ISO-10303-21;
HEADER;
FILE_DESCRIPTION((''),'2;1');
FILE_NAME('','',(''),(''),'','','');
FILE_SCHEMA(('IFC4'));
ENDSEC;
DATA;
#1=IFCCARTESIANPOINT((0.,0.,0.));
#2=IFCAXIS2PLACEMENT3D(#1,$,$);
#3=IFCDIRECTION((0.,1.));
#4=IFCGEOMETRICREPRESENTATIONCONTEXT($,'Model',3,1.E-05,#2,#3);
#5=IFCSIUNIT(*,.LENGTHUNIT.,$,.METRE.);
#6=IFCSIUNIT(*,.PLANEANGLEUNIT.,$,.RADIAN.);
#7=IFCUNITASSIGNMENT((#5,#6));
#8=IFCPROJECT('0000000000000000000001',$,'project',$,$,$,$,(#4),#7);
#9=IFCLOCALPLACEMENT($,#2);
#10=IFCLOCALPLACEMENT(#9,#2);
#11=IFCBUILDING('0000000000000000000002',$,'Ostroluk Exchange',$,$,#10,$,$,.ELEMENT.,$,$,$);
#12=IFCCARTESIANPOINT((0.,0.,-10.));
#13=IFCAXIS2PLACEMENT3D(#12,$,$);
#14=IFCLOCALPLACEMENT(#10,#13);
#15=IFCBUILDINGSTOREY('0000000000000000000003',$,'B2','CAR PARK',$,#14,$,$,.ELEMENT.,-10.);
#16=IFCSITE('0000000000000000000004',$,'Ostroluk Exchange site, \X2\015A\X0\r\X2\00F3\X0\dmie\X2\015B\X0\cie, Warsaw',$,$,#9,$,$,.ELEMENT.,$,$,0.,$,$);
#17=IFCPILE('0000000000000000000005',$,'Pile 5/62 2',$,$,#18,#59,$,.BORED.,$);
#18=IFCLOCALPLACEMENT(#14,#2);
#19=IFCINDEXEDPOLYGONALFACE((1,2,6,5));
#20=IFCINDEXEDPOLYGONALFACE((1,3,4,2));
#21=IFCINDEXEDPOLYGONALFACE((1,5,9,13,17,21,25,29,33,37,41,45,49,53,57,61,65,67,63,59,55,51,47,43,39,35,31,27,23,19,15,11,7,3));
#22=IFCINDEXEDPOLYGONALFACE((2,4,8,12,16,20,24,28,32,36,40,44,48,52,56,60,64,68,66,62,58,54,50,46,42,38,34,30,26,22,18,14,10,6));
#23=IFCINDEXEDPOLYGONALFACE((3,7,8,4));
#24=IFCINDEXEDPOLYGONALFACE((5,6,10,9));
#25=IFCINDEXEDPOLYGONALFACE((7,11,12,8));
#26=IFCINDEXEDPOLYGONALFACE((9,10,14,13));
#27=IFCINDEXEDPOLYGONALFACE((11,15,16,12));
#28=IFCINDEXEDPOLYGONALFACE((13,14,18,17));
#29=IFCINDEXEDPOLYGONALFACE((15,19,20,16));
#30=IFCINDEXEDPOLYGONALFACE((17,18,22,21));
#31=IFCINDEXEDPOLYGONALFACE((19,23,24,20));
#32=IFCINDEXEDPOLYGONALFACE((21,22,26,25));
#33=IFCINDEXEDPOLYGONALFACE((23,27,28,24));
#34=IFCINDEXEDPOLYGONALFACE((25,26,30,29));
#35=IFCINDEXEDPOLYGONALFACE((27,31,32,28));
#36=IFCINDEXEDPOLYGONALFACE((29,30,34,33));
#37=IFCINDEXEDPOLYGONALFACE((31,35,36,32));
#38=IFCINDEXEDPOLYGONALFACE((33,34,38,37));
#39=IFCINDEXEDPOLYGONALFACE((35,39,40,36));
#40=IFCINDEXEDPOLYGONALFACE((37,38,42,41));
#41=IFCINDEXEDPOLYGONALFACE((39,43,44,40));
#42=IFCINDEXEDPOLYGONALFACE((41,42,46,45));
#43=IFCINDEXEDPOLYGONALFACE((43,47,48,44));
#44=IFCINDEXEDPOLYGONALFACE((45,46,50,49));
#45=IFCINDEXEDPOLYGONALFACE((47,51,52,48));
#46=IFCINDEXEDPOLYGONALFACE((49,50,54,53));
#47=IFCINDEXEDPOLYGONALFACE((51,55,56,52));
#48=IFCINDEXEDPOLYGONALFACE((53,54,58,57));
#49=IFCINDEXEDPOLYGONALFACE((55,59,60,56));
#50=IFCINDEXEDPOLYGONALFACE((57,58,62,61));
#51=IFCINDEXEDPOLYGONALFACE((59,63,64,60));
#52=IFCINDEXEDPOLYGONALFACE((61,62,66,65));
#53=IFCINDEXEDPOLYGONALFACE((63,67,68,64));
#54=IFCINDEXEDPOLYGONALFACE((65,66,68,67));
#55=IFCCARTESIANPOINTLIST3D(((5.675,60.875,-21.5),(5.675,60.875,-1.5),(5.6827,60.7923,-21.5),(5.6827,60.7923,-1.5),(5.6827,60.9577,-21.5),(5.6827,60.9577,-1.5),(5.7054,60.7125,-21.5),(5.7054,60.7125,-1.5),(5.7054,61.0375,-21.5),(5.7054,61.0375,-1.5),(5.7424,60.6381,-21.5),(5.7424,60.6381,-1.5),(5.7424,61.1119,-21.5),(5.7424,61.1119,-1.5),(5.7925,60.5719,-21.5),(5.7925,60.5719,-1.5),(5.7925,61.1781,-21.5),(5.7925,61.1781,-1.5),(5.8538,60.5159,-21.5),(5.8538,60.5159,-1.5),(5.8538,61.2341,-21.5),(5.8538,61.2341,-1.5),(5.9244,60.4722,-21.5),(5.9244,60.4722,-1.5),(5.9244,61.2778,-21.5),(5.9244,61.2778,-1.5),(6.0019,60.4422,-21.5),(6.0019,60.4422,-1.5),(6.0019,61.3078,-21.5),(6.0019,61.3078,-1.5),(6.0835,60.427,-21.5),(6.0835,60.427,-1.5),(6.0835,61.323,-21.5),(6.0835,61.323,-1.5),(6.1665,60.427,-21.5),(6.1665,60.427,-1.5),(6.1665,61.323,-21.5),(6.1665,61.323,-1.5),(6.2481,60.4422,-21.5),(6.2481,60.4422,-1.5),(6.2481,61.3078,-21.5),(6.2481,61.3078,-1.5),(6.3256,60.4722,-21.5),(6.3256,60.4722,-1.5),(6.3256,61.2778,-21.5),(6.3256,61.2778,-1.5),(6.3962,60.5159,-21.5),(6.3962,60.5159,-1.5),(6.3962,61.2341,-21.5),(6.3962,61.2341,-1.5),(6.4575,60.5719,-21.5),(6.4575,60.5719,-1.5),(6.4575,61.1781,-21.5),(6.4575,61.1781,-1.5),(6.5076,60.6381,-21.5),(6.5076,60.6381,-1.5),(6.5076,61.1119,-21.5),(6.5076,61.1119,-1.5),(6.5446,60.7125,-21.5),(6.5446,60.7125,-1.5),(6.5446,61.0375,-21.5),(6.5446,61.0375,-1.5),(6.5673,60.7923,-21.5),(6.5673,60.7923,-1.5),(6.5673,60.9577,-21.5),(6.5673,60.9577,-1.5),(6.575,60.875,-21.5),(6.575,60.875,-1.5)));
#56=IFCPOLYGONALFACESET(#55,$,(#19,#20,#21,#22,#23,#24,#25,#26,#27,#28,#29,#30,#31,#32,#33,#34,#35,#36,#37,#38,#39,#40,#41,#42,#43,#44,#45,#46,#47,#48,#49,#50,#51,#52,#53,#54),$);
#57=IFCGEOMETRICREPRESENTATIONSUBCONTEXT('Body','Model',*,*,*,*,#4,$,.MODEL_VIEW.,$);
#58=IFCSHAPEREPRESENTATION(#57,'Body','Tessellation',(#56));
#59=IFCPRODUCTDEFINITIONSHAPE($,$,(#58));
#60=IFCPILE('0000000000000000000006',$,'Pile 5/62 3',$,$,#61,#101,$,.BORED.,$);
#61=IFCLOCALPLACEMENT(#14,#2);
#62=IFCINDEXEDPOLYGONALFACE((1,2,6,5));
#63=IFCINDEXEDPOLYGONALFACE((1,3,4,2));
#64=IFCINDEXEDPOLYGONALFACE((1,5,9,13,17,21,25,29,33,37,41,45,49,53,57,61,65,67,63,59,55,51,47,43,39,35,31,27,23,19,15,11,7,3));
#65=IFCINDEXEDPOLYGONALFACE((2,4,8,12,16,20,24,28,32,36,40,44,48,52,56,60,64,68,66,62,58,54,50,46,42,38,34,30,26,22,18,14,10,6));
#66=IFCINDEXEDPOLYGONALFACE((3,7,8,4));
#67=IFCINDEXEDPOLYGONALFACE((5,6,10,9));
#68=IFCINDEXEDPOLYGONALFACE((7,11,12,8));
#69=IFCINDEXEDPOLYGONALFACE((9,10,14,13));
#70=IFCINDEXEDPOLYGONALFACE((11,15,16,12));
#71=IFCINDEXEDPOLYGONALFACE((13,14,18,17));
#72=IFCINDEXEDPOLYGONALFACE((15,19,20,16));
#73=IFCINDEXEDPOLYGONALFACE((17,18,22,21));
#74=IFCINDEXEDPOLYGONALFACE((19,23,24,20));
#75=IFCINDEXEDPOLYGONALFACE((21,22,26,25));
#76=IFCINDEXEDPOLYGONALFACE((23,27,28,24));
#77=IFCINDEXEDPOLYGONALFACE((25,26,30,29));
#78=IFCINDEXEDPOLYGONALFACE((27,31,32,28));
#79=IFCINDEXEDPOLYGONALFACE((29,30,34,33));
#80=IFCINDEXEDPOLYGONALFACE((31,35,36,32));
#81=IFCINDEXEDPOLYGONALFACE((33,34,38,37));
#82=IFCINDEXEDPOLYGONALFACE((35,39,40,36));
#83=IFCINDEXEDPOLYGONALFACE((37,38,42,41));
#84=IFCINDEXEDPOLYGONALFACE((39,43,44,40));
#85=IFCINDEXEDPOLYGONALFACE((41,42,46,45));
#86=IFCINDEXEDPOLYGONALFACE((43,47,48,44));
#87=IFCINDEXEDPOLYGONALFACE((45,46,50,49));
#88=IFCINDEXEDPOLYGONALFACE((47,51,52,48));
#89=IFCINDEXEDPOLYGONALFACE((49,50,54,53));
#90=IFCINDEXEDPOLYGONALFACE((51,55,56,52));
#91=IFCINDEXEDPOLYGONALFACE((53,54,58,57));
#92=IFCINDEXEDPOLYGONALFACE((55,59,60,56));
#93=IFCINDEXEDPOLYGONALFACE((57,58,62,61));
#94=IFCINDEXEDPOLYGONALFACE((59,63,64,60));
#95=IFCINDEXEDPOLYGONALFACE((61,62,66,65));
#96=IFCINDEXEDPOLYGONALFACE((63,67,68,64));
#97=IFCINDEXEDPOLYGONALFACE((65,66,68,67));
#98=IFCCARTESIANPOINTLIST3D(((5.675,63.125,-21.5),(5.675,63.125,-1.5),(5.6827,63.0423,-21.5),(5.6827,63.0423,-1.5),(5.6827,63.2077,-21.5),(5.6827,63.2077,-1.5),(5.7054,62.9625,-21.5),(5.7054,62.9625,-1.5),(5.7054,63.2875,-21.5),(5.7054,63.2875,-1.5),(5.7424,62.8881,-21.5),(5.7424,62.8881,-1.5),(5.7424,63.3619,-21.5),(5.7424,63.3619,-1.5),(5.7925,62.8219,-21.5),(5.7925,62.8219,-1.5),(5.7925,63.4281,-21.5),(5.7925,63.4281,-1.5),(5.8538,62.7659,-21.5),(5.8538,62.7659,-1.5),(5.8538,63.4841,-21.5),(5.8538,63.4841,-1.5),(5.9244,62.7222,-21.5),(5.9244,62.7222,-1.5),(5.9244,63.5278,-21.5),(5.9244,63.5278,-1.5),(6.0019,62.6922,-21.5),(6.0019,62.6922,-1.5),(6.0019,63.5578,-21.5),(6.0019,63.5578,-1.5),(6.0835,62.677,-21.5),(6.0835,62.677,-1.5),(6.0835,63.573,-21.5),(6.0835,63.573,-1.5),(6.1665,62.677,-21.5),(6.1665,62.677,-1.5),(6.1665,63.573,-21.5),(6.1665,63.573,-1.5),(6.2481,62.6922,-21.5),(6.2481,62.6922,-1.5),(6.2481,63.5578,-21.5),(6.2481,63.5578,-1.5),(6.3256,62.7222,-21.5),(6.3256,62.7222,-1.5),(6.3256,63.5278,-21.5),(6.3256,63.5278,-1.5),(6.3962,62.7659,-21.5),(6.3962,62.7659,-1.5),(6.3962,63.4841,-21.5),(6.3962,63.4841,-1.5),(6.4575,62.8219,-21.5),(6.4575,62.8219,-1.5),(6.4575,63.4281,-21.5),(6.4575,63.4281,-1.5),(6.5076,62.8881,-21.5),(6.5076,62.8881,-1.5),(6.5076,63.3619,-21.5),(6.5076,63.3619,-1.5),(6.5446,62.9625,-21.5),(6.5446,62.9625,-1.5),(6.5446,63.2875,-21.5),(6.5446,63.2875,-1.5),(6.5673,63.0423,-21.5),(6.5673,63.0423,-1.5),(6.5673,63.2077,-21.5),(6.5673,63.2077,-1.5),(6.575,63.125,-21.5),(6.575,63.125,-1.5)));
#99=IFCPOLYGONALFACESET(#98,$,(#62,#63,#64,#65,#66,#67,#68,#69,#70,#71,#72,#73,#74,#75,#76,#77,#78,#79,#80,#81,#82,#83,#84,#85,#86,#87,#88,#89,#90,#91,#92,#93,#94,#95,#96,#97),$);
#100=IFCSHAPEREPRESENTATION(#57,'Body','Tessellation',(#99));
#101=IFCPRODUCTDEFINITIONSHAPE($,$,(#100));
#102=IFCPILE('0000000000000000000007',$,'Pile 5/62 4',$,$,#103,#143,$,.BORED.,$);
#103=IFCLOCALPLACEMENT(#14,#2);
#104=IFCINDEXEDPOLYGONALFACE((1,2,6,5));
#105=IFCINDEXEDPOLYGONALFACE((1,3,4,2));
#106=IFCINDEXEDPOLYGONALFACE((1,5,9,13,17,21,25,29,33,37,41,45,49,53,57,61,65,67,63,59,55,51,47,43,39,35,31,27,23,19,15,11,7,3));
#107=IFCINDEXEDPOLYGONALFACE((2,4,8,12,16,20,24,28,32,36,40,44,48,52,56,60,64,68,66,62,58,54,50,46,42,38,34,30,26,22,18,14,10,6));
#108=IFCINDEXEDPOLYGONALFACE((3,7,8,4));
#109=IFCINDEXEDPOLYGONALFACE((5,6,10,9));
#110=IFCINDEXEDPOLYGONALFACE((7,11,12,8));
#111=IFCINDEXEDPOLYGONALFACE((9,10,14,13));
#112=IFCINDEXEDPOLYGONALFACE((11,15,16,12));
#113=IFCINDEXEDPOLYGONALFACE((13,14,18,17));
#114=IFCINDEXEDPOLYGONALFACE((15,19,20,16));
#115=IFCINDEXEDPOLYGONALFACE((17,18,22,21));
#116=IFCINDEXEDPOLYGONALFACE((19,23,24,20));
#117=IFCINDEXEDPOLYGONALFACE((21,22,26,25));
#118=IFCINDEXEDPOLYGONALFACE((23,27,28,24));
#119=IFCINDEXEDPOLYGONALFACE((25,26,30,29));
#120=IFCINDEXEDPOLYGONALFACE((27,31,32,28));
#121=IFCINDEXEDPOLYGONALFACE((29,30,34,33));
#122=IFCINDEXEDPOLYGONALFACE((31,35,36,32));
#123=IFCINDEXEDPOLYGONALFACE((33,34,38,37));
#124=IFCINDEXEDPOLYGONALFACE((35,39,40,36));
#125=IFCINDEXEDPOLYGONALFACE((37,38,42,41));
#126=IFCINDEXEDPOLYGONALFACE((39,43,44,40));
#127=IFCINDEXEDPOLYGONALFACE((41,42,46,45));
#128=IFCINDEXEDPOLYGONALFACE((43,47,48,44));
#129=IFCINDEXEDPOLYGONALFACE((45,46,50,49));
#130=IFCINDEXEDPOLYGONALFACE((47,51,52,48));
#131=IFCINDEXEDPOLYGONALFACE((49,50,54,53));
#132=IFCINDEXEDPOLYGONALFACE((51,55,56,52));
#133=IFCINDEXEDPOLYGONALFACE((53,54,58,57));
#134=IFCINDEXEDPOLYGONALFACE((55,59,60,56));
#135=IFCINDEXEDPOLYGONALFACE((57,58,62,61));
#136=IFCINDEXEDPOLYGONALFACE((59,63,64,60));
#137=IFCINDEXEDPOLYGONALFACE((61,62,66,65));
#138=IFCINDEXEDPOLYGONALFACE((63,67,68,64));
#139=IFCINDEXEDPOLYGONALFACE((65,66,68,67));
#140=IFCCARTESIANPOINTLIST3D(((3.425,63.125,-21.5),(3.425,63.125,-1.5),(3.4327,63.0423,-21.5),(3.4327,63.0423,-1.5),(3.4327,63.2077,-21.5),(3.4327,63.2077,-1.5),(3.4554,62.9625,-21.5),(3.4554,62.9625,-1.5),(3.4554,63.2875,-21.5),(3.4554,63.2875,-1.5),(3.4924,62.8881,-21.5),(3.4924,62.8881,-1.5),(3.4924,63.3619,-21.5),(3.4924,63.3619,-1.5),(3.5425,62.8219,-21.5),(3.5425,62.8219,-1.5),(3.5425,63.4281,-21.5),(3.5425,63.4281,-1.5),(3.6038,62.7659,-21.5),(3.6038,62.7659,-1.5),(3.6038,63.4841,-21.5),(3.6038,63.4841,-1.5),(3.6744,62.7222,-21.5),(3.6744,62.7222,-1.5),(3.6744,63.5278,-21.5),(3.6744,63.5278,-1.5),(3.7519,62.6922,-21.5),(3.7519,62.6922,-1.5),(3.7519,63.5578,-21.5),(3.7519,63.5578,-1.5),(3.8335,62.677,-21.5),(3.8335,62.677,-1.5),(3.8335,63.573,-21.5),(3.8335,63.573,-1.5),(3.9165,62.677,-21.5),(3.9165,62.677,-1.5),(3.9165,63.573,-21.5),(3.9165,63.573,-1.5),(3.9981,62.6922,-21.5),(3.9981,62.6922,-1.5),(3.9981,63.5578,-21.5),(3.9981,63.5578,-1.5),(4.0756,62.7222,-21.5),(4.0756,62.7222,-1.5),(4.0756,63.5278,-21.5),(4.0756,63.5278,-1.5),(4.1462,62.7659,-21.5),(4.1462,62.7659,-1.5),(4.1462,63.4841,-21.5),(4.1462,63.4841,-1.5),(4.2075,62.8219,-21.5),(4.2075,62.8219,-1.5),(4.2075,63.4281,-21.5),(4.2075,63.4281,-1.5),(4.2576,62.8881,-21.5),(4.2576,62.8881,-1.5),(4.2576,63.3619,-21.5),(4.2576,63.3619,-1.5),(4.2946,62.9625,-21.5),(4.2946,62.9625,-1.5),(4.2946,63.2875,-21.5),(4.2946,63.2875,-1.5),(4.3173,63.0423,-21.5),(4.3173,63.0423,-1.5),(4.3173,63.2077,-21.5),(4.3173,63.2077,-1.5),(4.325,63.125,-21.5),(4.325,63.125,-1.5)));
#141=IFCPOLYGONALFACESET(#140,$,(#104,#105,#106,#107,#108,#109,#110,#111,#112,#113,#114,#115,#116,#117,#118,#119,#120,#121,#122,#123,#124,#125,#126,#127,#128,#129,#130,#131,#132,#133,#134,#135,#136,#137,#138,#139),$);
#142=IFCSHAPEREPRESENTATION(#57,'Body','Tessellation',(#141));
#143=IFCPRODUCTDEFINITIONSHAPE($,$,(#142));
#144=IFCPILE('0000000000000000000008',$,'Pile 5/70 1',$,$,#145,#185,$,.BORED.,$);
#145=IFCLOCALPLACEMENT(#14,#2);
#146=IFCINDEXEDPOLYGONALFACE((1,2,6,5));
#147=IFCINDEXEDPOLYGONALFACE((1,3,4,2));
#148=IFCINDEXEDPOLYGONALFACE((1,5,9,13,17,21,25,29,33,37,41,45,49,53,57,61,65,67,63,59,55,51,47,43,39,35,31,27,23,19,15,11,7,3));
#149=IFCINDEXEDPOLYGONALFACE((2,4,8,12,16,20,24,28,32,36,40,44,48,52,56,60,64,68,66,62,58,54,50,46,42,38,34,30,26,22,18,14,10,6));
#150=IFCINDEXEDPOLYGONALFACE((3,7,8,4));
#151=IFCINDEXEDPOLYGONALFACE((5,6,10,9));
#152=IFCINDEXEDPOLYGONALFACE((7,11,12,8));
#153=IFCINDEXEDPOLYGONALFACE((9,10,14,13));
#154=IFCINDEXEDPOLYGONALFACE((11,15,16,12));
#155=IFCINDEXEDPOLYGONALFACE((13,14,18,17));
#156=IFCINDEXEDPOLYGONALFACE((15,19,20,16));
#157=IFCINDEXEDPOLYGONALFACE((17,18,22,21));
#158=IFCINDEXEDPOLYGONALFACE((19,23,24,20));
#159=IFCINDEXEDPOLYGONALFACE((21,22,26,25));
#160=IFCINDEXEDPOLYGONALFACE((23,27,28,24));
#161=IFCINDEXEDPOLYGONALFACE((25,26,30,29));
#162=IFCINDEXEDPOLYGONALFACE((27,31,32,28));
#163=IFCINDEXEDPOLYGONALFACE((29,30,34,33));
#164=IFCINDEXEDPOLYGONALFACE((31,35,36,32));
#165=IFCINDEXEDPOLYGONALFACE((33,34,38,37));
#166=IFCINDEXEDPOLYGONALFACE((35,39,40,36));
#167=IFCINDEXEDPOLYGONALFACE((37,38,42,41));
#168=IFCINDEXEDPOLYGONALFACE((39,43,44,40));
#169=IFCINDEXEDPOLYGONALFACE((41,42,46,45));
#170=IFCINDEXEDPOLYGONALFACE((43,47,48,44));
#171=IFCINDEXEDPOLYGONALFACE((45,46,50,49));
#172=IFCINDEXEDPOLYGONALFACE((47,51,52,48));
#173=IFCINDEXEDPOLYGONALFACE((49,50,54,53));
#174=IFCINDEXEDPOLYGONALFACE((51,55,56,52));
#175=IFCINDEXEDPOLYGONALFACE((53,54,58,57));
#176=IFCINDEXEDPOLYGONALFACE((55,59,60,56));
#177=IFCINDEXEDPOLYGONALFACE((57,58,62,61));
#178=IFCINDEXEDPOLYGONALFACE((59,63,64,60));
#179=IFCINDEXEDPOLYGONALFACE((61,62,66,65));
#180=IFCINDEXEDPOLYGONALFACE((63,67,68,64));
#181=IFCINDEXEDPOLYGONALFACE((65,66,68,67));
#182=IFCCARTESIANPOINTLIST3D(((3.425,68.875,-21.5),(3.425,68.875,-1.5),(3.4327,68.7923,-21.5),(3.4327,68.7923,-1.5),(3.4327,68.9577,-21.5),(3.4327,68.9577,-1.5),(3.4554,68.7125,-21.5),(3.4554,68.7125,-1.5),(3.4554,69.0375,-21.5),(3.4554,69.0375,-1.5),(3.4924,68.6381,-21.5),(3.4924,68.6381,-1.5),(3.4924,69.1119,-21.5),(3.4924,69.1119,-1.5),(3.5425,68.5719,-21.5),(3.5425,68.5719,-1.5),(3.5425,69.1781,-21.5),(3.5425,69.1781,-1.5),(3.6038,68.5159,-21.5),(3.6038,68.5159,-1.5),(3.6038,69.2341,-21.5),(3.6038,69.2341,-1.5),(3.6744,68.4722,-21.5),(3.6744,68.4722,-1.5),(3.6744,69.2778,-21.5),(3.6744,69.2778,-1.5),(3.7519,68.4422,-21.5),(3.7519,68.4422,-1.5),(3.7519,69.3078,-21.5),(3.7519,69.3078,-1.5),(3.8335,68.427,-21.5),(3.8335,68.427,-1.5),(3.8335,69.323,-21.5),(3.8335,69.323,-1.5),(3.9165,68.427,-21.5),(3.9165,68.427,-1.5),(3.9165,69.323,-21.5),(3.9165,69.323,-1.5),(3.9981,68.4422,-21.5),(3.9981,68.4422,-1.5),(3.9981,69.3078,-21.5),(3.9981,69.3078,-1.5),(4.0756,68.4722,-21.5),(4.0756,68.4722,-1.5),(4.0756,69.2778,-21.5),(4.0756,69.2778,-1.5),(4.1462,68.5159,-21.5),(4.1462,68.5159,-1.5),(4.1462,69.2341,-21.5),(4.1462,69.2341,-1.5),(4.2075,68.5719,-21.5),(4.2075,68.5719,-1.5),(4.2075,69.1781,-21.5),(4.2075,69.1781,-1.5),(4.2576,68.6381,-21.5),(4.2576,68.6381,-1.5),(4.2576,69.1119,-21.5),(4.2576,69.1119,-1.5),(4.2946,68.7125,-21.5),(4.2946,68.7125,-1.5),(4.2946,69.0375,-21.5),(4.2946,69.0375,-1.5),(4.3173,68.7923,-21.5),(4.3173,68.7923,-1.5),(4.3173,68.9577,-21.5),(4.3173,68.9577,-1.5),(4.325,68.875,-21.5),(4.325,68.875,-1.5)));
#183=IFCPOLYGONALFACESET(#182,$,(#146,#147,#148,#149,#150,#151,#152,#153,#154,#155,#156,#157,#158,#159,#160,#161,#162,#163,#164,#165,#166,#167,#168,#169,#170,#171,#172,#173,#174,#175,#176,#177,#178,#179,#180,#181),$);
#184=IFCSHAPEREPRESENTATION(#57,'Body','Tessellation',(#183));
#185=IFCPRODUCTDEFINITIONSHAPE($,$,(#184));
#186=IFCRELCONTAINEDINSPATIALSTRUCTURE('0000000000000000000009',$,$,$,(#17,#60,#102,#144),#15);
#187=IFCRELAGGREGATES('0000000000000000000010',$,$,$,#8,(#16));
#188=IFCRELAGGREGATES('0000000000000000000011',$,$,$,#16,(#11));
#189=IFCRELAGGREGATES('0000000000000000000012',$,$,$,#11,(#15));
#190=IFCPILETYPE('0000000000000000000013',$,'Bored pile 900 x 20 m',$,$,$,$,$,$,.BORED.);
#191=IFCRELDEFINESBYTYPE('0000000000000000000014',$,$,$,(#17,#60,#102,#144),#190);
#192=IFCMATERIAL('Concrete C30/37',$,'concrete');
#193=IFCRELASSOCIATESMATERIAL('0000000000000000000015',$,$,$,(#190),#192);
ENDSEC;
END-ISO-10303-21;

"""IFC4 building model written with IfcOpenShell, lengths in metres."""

from ifc_helpers import new_model, si_unit, direction, frame, origin, origin_2d, place, context, subcontext, project, spatial, circle, extrude, material, type_object, element, save


model = new_model("IFC4")

# Units and contexts
model_context = context("Model", 3, precision=1e-05, world=origin(), true_north=direction((0.0, 1.0)))
body_context = subcontext(model_context, "Body", "Model", "MODEL_VIEW")
ifc_project = project(units=[si_unit("LENGTHUNIT", "METRE"), si_unit("PLANEANGLEUNIT", "RADIAN")], contexts=[model_context])

# Site, building, storey
site_placement = place(None, origin())
site = spatial("IfcSite", under=ifc_project, at=site_placement, Name="Ostroluk Exchange site, Śródmieście, Warsaw", CompositionType="ELEMENT", RefElevation=0.0)
building_placement = place(site_placement, origin())
building = spatial("IfcBuilding", under=site, at=building_placement, Name="Ostroluk Exchange", CompositionType="ELEMENT")
storey_placement = place(building_placement, frame((0.0, 0.0, -10.0)))
storey = spatial("IfcBuildingStorey", under=building, at=storey_placement, Name="B2", Description="CAR PARK", CompositionType="ELEMENT", Elevation=-10.0)

# Piles
ifc_material_1 = material(Name="Concrete C30/37", Category="concrete")
pile_type_1 = type_object("IfcPileType", Name="Bored pile 900 x 20 m", PredefinedType="BORED", material=ifc_material_1)
for number, where, z_axis, x_axis, name in (
    (1, (6.125, 60.875, -1.5), (0.0, 0.0, -1.0), (1.0, 0.0, 0.0), "Pile 5/62 2"),
    (2, (6.125, 63.125, -1.5), (0.0, 0.0, -1.0), (1.0, 0.0, 0.0), "Pile 5/62 3"),
    (3, (3.875, 63.125, -1.5), (0.0, 0.0, -1.0), (1.0, 0.0, 0.0), "Pile 5/62 4"),
    (4, (3.875, 68.875, -1.5), (0.0, 0.0, -1.0), (1.0, 0.0, 0.0), "Pile 5/70 1"),
):
    element("IfcPile", number, at=place(storey_placement, frame(where, z_axis=z_axis, x_axis=x_axis)), inside=storey, type_object=pile_type_1, Name=name, PredefinedType="BORED", context=body_context, shape_type="SweptSolid", body=[
        extrude(circle(Radius=0.45, at=origin_2d()), origin(), (0.0, 0.0, 1.0), 20.0),
    ])

save(model, "model.ifc")
